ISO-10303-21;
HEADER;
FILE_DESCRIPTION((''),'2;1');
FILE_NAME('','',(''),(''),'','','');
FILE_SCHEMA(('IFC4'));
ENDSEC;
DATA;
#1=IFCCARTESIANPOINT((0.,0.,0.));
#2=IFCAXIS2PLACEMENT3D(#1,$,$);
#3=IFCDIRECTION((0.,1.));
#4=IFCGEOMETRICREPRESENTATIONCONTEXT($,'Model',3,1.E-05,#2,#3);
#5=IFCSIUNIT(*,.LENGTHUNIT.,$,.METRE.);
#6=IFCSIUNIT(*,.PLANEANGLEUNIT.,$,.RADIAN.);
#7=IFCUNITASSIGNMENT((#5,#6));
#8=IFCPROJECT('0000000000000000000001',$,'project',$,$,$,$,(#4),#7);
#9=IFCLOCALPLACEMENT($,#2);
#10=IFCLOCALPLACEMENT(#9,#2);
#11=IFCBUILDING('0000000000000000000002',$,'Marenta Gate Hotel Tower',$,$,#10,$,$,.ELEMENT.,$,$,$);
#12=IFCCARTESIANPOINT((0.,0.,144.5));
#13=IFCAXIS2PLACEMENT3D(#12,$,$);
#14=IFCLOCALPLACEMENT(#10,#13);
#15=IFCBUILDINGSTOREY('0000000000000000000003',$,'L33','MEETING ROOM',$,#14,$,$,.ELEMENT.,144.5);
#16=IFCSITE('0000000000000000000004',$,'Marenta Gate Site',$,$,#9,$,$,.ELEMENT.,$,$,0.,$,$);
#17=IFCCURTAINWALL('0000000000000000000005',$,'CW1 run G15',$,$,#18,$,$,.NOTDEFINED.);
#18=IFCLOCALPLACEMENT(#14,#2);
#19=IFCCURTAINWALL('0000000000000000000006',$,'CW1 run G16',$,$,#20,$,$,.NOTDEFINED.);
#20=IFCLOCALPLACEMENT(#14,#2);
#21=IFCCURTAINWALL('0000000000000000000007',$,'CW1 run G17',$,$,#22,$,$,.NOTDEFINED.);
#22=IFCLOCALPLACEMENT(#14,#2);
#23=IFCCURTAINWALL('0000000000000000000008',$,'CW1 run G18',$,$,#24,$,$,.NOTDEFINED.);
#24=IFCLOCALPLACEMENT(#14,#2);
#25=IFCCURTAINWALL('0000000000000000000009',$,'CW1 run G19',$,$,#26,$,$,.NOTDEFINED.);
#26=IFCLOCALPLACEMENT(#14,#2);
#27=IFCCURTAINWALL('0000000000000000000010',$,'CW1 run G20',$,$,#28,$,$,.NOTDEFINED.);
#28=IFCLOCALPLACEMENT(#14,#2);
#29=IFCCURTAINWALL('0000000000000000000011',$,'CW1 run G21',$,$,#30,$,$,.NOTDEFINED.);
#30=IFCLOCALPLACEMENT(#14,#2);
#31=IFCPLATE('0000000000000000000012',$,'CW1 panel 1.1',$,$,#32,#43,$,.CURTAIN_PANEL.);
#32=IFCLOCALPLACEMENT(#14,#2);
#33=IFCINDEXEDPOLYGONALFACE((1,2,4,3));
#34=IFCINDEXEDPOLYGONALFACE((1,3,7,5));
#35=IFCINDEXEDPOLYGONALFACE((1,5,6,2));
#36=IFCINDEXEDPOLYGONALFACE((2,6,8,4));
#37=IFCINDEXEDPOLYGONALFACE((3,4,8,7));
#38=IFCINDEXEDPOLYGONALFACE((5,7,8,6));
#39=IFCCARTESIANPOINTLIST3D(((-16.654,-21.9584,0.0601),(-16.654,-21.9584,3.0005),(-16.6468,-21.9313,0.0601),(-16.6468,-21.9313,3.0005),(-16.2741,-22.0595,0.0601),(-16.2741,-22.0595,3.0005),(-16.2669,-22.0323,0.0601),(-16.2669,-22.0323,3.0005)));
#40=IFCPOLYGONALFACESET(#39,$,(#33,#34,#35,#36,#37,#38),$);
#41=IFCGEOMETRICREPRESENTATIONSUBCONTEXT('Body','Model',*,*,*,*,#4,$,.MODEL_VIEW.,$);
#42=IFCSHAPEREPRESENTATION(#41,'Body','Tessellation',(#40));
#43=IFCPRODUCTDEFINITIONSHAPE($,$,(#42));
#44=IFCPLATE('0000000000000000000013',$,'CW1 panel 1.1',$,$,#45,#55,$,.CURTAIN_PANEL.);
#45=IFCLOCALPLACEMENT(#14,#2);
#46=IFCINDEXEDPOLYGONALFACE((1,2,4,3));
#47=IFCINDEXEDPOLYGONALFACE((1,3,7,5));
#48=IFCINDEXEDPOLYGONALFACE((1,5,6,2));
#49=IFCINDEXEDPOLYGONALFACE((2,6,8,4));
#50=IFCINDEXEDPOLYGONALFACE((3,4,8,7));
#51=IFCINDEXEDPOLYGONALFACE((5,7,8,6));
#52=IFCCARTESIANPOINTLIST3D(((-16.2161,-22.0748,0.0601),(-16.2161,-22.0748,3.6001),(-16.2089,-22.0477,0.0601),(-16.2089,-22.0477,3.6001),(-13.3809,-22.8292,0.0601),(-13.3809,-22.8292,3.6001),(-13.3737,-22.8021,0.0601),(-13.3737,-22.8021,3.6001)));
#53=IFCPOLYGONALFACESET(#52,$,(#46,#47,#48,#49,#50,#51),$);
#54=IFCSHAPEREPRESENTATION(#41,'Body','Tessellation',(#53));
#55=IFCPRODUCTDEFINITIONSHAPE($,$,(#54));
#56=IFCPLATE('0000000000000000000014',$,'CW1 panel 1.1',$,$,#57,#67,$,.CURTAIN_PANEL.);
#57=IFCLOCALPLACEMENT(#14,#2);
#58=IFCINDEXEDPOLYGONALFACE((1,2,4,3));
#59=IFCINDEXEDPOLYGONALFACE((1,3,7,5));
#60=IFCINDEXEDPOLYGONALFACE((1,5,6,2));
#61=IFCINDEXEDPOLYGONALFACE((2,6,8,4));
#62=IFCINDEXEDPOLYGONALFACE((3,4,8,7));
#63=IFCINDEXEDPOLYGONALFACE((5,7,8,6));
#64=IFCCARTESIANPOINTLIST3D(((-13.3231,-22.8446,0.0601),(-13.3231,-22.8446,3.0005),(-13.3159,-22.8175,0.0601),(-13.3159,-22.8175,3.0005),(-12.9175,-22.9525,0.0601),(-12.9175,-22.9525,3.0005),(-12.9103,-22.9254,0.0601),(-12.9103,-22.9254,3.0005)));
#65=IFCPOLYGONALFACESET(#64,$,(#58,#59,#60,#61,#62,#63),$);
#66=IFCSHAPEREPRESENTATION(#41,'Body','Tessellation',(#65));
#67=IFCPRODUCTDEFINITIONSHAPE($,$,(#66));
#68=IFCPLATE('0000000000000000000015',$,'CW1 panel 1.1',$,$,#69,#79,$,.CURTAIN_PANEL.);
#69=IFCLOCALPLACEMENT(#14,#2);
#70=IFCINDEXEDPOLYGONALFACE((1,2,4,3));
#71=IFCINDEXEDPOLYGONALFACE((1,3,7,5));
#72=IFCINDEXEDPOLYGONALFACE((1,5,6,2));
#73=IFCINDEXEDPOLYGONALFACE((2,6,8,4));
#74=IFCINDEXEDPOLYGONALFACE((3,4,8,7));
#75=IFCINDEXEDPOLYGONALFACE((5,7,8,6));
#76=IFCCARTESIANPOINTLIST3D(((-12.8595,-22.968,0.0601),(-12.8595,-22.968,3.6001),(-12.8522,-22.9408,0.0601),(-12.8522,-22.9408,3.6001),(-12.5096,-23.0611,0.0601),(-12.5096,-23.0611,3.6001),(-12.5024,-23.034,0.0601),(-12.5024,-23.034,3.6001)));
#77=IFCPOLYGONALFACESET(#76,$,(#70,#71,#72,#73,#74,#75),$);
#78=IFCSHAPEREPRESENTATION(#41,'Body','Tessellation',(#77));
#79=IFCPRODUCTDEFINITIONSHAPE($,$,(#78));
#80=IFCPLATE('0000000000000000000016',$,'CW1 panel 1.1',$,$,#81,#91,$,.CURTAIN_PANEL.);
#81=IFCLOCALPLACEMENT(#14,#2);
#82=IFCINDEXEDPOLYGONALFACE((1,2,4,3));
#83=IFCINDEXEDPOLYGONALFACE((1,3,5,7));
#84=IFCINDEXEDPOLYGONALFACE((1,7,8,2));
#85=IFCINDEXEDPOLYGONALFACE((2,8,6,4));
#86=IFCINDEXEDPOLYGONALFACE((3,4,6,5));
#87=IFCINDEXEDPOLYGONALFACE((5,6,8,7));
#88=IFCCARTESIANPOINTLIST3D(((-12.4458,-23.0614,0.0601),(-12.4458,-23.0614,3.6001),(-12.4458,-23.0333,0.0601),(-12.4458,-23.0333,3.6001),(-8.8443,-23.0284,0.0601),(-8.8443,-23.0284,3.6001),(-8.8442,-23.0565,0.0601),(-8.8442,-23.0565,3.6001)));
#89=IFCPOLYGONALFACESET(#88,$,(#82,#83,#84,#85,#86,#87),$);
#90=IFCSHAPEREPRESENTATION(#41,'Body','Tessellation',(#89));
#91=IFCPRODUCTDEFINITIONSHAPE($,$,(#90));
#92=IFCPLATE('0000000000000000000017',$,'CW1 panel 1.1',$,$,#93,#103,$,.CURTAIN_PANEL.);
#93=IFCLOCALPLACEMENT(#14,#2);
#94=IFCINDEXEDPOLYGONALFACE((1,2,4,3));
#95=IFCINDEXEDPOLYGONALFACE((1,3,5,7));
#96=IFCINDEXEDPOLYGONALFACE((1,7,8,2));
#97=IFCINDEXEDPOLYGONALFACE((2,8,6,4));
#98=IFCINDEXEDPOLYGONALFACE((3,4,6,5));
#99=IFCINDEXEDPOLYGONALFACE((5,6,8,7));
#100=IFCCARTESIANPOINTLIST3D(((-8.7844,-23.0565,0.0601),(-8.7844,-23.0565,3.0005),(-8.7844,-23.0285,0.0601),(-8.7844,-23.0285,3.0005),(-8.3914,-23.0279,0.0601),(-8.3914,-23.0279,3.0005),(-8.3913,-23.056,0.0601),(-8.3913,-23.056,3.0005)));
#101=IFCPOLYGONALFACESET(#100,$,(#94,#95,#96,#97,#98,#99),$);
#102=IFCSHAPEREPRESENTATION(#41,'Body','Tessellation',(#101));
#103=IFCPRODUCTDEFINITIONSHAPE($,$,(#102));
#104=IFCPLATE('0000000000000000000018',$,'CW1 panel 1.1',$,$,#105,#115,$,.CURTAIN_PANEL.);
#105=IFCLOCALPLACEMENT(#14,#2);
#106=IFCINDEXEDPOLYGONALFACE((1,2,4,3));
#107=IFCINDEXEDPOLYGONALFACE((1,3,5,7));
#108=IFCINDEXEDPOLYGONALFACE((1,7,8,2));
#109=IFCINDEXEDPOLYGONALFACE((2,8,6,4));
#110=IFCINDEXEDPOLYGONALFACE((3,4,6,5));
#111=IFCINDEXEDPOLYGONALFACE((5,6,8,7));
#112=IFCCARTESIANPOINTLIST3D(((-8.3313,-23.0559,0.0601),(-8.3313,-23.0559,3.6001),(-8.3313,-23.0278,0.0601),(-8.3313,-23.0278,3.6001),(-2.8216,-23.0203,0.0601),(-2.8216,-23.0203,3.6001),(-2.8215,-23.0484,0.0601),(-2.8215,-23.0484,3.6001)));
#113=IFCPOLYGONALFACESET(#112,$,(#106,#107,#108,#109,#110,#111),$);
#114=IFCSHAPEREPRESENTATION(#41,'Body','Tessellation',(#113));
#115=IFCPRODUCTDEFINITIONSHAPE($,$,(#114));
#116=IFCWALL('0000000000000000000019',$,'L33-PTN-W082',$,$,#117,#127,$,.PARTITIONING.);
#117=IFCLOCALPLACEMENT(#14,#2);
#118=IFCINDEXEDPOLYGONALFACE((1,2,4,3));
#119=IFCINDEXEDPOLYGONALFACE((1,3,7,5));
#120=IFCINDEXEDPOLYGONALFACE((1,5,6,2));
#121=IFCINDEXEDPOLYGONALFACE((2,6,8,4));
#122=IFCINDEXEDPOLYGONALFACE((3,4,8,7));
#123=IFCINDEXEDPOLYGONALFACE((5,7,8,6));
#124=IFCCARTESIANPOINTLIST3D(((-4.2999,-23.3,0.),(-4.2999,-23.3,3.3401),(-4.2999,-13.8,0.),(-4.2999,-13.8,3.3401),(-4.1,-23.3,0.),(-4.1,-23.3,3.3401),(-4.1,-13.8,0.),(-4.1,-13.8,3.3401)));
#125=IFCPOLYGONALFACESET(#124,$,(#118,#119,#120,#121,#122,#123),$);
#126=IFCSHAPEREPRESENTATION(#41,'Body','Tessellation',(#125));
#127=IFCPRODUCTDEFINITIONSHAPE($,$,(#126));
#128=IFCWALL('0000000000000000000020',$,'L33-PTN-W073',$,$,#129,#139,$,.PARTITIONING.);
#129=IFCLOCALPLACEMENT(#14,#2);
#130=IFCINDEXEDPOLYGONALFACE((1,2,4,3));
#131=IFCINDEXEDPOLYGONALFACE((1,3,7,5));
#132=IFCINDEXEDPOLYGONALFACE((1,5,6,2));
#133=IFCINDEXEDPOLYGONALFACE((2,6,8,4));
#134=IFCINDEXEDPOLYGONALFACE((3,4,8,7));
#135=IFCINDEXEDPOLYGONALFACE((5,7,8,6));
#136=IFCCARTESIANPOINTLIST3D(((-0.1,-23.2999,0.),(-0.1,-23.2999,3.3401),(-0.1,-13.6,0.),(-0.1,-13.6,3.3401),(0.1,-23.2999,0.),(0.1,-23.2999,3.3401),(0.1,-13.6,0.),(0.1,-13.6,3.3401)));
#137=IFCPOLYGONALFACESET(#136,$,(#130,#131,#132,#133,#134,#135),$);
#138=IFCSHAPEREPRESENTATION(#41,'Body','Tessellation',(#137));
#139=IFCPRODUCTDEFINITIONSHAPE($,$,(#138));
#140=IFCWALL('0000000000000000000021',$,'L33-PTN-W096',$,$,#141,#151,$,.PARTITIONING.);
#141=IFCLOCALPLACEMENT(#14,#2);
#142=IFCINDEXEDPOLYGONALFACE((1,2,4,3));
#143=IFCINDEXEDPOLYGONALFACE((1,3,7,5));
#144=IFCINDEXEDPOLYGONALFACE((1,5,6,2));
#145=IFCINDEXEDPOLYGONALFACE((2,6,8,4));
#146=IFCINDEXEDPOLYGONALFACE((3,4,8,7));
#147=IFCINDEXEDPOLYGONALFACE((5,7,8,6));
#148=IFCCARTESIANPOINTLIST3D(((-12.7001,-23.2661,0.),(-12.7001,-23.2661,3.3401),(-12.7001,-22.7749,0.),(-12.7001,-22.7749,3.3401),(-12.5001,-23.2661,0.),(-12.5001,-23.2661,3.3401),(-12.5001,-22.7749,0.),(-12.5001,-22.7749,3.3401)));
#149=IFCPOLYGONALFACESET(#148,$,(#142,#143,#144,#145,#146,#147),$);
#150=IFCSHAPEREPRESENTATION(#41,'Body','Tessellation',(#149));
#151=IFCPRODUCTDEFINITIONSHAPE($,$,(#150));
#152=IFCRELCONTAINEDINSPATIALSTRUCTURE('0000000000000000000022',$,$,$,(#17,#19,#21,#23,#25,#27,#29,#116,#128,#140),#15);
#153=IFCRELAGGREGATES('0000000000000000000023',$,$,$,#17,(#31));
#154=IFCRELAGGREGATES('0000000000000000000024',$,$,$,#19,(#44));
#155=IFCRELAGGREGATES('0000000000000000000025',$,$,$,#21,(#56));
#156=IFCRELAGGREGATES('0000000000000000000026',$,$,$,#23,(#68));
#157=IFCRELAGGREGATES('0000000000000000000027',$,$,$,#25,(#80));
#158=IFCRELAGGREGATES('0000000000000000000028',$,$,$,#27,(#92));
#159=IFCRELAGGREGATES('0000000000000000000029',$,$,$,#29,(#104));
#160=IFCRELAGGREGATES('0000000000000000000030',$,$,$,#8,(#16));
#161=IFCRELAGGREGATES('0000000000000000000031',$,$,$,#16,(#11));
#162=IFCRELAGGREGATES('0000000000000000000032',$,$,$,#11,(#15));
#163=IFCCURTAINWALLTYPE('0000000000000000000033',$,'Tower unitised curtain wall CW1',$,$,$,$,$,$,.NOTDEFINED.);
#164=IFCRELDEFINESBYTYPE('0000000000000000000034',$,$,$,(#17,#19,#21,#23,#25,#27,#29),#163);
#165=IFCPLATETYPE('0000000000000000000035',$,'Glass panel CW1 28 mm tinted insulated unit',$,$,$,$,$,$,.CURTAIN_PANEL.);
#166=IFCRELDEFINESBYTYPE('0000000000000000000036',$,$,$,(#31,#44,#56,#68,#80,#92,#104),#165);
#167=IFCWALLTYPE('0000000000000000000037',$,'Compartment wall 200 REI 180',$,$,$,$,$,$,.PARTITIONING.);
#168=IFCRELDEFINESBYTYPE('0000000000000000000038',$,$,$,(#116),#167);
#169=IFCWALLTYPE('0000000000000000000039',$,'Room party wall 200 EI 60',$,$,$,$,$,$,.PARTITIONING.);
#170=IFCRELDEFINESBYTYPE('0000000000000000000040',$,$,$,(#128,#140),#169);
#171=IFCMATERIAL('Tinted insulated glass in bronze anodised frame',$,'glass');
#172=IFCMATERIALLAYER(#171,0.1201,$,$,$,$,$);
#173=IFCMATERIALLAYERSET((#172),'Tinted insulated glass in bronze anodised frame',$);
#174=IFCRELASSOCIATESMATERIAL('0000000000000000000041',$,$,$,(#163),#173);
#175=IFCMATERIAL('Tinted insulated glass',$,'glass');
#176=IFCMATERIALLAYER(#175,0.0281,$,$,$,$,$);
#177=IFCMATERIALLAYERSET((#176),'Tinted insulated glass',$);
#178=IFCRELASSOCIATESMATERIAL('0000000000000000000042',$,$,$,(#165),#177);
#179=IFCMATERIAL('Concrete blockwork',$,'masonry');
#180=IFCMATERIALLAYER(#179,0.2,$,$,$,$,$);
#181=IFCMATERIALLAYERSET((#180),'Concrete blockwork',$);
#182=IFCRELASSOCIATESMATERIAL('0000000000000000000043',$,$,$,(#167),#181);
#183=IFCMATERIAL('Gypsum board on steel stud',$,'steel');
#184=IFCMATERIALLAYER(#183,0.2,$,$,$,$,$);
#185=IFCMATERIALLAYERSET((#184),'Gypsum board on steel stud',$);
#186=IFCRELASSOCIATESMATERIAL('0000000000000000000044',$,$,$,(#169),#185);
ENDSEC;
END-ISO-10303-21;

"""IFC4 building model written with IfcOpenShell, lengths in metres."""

from ifc_helpers import new_model, si_unit, direction, frame, frame_2d, origin, origin_2d, place, context, subcontext, project, spatial, rectangle, extrude, material, layer, layer_set, type_object, element, aggregate, save


model = new_model("IFC4")

# Units and contexts
model_context = context("Model", 3, precision=1e-05, world=origin(), true_north=direction((0.0, 1.0)))
body_context = subcontext(model_context, "Body", "Model", "MODEL_VIEW")
ifc_project = project(units=[si_unit("LENGTHUNIT", "METRE"), si_unit("PLANEANGLEUNIT", "RADIAN")], contexts=[model_context])

# Site, building, storey
site_placement = place(None, origin())
site = spatial("IfcSite", under=ifc_project, at=site_placement, Name="Marenta Gate Site", CompositionType="ELEMENT", RefElevation=0.0)
building_placement = place(site_placement, origin())
building = spatial("IfcBuilding", under=site, at=building_placement, Name="Marenta Gate Hotel Tower", CompositionType="ELEMENT")
storey_placement = place(building_placement, frame((0.0, 0.0, 144.5)))
storey = spatial("IfcBuildingStorey", under=building, at=storey_placement, Name="L33", Description="MEETING ROOM", CompositionType="ELEMENT", Elevation=144.5)

# Curtain walls
ifc_material_1 = material(Name="Tinted insulated glass in bronze anodised frame", Category="glass")
ifc_layer_1 = layer(ifc_material_1, 0.1201)
ifc_layer_set_1 = layer_set([ifc_layer_1], Name="Tinted insulated glass in bronze anodised frame")
curtain_wall_type = type_object("IfcCurtainWallType", Name="Tower unitised curtain wall CW1", PredefinedType="NOTDEFINED", material=ifc_layer_set_1)
curtain_wall_1_placement = place(storey_placement, origin())
curtain_wall_1 = element("IfcCurtainWall", 1, at=curtain_wall_1_placement, inside=storey, type_object=curtain_wall_type, Name="CW1 run G15", PredefinedType="NOTDEFINED")
curtain_wall_2_placement = place(storey_placement, origin())
curtain_wall_2 = element("IfcCurtainWall", 2, at=curtain_wall_2_placement, inside=storey, type_object=curtain_wall_type, Name="CW1 run G16", PredefinedType="NOTDEFINED")
curtain_wall_3_placement = place(storey_placement, origin())
curtain_wall_3 = element("IfcCurtainWall", 3, at=curtain_wall_3_placement, inside=storey, type_object=curtain_wall_type, Name="CW1 run G17", PredefinedType="NOTDEFINED")
curtain_wall_4_placement = place(storey_placement, origin())
curtain_wall_4 = element("IfcCurtainWall", 4, at=curtain_wall_4_placement, inside=storey, type_object=curtain_wall_type, Name="CW1 run G18", PredefinedType="NOTDEFINED")
curtain_wall_5_placement = place(storey_placement, origin())
curtain_wall_5 = element("IfcCurtainWall", 5, at=curtain_wall_5_placement, inside=storey, type_object=curtain_wall_type, Name="CW1 run G19", PredefinedType="NOTDEFINED")
curtain_wall_6_placement = place(storey_placement, origin())
curtain_wall_6 = element("IfcCurtainWall", 6, at=curtain_wall_6_placement, inside=storey, type_object=curtain_wall_type, Name="CW1 run G20", PredefinedType="NOTDEFINED")

# Curtain wall
curtain_wall_7_placement = place(storey_placement, origin())
curtain_wall_7 = element("IfcCurtainWall", 7, at=curtain_wall_7_placement, inside=storey, type_object=curtain_wall_type, Name="CW1 run G21", PredefinedType="NOTDEFINED")

# Plates
ifc_material_2 = material(Name="Tinted insulated glass", Category="glass")
ifc_layer_2 = layer(ifc_material_2, 0.0281)
ifc_layer_set_2 = layer_set([ifc_layer_2], Name="Tinted insulated glass")
plate_type = type_object("IfcPlateType", Name="Glass panel CW1 28 mm tinted insulated unit", PredefinedType="CURTAIN_PANEL", material=ifc_layer_set_2)
plate_1_placement = place(storey_placement, frame((-16.4604, -21.9954, 0.0601), z_axis=(0.0, 0.0, 1.0), x_axis=(0.96637, -0.257154, 0.0)))
plate_1 = element("IfcPlate", 8, at=plate_1_placement, type_object=plate_type, Name="CW1 panel 1.1", PredefinedType="CURTAIN_PANEL", context=body_context, shape_type="SweptSolid", body=[
    extrude(rectangle(XDim=0.3931, YDim=0.0281, at=origin_2d()), origin(), (0.0, 0.0, 1.0), 2.9404),
])
aggregate(curtain_wall_1, [plate_1])
plate_2_placement = place(storey_placement, frame((-14.7949, -22.4385, 0.0601), z_axis=(0.0, 0.0, 1.0), x_axis=(0.966376, -0.257135, 0.0)))
plate_2 = element("IfcPlate", 9, at=plate_2_placement, type_object=plate_type, Name="CW1 panel 1.1", PredefinedType="CURTAIN_PANEL", context=body_context, shape_type="SweptSolid", body=[
    extrude(rectangle(XDim=2.9338, YDim=0.0281, at=origin_2d()), origin(), (0.0, 0.0, 1.0), 3.54),
])
aggregate(curtain_wall_2, [plate_2])
plate_3_placement = place(storey_placement, frame((-13.1167, -22.885, 0.0601), z_axis=(0.0, 0.0, 1.0), x_axis=(0.966404, -0.257027, 0.0)))
plate_3 = element("IfcPlate", 10, at=plate_3_placement, type_object=plate_type, Name="CW1 panel 1.1", PredefinedType="CURTAIN_PANEL", context=body_context, shape_type="SweptSolid", body=[
    extrude(rectangle(XDim=0.4197, YDim=0.0281, at=origin_2d()), origin(), (0.0, 0.0, 1.0), 2.9404),
])
aggregate(curtain_wall_3, [plate_3])
plate_4_placement = place(storey_placement, frame((-12.6809, -23.001, 0.0601), z_axis=(0.0, 0.0, 1.0), x_axis=(0.966337, -0.257279, 0.0)))
plate_4 = element("IfcPlate", 11, at=plate_4_placement, type_object=plate_type, Name="CW1 panel 1.1", PredefinedType="CURTAIN_PANEL", context=body_context, shape_type="SweptSolid", body=[
    extrude(rectangle(XDim=0.3621, YDim=0.0281, at=origin_2d()), origin(), (0.0, 0.0, 1.0), 3.54),
])
aggregate(curtain_wall_4, [plate_4])
plate_5_placement = place(storey_placement, frame((-10.645, -23.0449, 0.0601), z_axis=(0.0, 0.0, 1.0), x_axis=(0.999999, 0.001366, 0.0)))
plate_5 = element("IfcPlate", 12, at=plate_5_placement, type_object=plate_type, Name="CW1 panel 1.1", PredefinedType="CURTAIN_PANEL", context=body_context, shape_type="SweptSolid", body=[
    extrude(rectangle(XDim=3.6016, YDim=0.0281, at=origin_2d()), origin(), (0.0, 0.0, 1.0), 3.54),
])
aggregate(curtain_wall_5, [plate_5])
plate_6_placement = place(storey_placement, frame((-8.5879, -23.0422, 0.0601), z_axis=(0.0, 0.0, 1.0), x_axis=(0.999999, 0.001325, 0.0)))
plate_6 = element("IfcPlate", 13, at=plate_6_placement, type_object=plate_type, Name="CW1 panel 1.1", PredefinedType="CURTAIN_PANEL", context=body_context, shape_type="SweptSolid", body=[
    extrude(rectangle(XDim=0.3931, YDim=0.0281, at=origin_2d()), origin(), (0.0, 0.0, 1.0), 2.9404),
])
aggregate(curtain_wall_6, [plate_6])
plate_7_placement = place(storey_placement, frame((-5.5764, -23.0381, 0.0601), z_axis=(0.0, 0.0, 1.0), x_axis=(0.999999, 0.001363, 0.0)))
plate_7 = element("IfcPlate", 14, at=plate_7_placement, type_object=plate_type, Name="CW1 panel 1.1", PredefinedType="CURTAIN_PANEL", context=body_context, shape_type="SweptSolid", body=[
    extrude(rectangle(XDim=5.5098, YDim=0.0281, at=origin_2d()), origin(), (0.0, 0.0, 1.0), 3.54),
])
aggregate(curtain_wall_7, [plate_7])

# Walls
ifc_material_3 = material(Name="Concrete blockwork", Category="masonry")
ifc_layer_3 = layer(ifc_material_3, 0.2)
ifc_layer_set_3 = layer_set([ifc_layer_3], Name="Concrete blockwork")
wall_type_1 = type_object("IfcWallType", Name="Compartment wall 200 REI 180", PredefinedType="PARTITIONING", material=ifc_layer_set_3)
wall_1_placement = place(storey_placement, frame((-4.2, -23.3, 0.0), z_axis=(0.0, 0.0, 1.0), x_axis=(0.0, 1.0, 0.0)))
element("IfcWall", 15, at=wall_1_placement, inside=storey, type_object=wall_type_1, Name="L33-PTN-W082", PredefinedType="PARTITIONING", context=body_context, shape_type="SweptSolid", body=[
    extrude(rectangle(XDim=9.5, YDim=0.2, at=frame_2d((4.75, 0.0))), origin(), (0.0, 0.0, 1.0), 3.3401),
])
ifc_material_4 = material(Name="Gypsum board on steel stud", Category="steel")
ifc_layer_4 = layer(ifc_material_4, 0.2)
ifc_layer_set_4 = layer_set([ifc_layer_4], Name="Gypsum board on steel stud")
wall_type_2 = type_object("IfcWallType", Name="Room party wall 200 EI 60", PredefinedType="PARTITIONING", material=ifc_layer_set_4)
wall_2_placement = place(storey_placement, frame((0.0, -23.3, 0.0), z_axis=(0.0, 0.0, 1.0), x_axis=(0.0, 1.0, 0.0)))
element("IfcWall", 16, at=wall_2_placement, inside=storey, type_object=wall_type_2, Name="L33-PTN-W073", PredefinedType="PARTITIONING", context=body_context, shape_type="SweptSolid", body=[
    extrude(rectangle(XDim=9.7, YDim=0.2, at=frame_2d((4.8501, 0.0))), origin(), (0.0, 0.0, 1.0), 3.3401),
])
wall_3_placement = place(storey_placement, frame((-12.6001, -23.2661, 0.0), z_axis=(0.0, 0.0, 1.0), x_axis=(0.0, 1.0, 0.0)))
element("IfcWall", 17, at=wall_3_placement, inside=storey, type_object=wall_type_2, Name="L33-PTN-W096", PredefinedType="PARTITIONING", context=body_context, shape_type="SweptSolid", body=[
    extrude(rectangle(XDim=0.4912, YDim=0.2, at=frame_2d((0.2456, 0.0))), origin(), (0.0, 0.0, 1.0), 3.3401),
])

save(model, "model.ifc")
